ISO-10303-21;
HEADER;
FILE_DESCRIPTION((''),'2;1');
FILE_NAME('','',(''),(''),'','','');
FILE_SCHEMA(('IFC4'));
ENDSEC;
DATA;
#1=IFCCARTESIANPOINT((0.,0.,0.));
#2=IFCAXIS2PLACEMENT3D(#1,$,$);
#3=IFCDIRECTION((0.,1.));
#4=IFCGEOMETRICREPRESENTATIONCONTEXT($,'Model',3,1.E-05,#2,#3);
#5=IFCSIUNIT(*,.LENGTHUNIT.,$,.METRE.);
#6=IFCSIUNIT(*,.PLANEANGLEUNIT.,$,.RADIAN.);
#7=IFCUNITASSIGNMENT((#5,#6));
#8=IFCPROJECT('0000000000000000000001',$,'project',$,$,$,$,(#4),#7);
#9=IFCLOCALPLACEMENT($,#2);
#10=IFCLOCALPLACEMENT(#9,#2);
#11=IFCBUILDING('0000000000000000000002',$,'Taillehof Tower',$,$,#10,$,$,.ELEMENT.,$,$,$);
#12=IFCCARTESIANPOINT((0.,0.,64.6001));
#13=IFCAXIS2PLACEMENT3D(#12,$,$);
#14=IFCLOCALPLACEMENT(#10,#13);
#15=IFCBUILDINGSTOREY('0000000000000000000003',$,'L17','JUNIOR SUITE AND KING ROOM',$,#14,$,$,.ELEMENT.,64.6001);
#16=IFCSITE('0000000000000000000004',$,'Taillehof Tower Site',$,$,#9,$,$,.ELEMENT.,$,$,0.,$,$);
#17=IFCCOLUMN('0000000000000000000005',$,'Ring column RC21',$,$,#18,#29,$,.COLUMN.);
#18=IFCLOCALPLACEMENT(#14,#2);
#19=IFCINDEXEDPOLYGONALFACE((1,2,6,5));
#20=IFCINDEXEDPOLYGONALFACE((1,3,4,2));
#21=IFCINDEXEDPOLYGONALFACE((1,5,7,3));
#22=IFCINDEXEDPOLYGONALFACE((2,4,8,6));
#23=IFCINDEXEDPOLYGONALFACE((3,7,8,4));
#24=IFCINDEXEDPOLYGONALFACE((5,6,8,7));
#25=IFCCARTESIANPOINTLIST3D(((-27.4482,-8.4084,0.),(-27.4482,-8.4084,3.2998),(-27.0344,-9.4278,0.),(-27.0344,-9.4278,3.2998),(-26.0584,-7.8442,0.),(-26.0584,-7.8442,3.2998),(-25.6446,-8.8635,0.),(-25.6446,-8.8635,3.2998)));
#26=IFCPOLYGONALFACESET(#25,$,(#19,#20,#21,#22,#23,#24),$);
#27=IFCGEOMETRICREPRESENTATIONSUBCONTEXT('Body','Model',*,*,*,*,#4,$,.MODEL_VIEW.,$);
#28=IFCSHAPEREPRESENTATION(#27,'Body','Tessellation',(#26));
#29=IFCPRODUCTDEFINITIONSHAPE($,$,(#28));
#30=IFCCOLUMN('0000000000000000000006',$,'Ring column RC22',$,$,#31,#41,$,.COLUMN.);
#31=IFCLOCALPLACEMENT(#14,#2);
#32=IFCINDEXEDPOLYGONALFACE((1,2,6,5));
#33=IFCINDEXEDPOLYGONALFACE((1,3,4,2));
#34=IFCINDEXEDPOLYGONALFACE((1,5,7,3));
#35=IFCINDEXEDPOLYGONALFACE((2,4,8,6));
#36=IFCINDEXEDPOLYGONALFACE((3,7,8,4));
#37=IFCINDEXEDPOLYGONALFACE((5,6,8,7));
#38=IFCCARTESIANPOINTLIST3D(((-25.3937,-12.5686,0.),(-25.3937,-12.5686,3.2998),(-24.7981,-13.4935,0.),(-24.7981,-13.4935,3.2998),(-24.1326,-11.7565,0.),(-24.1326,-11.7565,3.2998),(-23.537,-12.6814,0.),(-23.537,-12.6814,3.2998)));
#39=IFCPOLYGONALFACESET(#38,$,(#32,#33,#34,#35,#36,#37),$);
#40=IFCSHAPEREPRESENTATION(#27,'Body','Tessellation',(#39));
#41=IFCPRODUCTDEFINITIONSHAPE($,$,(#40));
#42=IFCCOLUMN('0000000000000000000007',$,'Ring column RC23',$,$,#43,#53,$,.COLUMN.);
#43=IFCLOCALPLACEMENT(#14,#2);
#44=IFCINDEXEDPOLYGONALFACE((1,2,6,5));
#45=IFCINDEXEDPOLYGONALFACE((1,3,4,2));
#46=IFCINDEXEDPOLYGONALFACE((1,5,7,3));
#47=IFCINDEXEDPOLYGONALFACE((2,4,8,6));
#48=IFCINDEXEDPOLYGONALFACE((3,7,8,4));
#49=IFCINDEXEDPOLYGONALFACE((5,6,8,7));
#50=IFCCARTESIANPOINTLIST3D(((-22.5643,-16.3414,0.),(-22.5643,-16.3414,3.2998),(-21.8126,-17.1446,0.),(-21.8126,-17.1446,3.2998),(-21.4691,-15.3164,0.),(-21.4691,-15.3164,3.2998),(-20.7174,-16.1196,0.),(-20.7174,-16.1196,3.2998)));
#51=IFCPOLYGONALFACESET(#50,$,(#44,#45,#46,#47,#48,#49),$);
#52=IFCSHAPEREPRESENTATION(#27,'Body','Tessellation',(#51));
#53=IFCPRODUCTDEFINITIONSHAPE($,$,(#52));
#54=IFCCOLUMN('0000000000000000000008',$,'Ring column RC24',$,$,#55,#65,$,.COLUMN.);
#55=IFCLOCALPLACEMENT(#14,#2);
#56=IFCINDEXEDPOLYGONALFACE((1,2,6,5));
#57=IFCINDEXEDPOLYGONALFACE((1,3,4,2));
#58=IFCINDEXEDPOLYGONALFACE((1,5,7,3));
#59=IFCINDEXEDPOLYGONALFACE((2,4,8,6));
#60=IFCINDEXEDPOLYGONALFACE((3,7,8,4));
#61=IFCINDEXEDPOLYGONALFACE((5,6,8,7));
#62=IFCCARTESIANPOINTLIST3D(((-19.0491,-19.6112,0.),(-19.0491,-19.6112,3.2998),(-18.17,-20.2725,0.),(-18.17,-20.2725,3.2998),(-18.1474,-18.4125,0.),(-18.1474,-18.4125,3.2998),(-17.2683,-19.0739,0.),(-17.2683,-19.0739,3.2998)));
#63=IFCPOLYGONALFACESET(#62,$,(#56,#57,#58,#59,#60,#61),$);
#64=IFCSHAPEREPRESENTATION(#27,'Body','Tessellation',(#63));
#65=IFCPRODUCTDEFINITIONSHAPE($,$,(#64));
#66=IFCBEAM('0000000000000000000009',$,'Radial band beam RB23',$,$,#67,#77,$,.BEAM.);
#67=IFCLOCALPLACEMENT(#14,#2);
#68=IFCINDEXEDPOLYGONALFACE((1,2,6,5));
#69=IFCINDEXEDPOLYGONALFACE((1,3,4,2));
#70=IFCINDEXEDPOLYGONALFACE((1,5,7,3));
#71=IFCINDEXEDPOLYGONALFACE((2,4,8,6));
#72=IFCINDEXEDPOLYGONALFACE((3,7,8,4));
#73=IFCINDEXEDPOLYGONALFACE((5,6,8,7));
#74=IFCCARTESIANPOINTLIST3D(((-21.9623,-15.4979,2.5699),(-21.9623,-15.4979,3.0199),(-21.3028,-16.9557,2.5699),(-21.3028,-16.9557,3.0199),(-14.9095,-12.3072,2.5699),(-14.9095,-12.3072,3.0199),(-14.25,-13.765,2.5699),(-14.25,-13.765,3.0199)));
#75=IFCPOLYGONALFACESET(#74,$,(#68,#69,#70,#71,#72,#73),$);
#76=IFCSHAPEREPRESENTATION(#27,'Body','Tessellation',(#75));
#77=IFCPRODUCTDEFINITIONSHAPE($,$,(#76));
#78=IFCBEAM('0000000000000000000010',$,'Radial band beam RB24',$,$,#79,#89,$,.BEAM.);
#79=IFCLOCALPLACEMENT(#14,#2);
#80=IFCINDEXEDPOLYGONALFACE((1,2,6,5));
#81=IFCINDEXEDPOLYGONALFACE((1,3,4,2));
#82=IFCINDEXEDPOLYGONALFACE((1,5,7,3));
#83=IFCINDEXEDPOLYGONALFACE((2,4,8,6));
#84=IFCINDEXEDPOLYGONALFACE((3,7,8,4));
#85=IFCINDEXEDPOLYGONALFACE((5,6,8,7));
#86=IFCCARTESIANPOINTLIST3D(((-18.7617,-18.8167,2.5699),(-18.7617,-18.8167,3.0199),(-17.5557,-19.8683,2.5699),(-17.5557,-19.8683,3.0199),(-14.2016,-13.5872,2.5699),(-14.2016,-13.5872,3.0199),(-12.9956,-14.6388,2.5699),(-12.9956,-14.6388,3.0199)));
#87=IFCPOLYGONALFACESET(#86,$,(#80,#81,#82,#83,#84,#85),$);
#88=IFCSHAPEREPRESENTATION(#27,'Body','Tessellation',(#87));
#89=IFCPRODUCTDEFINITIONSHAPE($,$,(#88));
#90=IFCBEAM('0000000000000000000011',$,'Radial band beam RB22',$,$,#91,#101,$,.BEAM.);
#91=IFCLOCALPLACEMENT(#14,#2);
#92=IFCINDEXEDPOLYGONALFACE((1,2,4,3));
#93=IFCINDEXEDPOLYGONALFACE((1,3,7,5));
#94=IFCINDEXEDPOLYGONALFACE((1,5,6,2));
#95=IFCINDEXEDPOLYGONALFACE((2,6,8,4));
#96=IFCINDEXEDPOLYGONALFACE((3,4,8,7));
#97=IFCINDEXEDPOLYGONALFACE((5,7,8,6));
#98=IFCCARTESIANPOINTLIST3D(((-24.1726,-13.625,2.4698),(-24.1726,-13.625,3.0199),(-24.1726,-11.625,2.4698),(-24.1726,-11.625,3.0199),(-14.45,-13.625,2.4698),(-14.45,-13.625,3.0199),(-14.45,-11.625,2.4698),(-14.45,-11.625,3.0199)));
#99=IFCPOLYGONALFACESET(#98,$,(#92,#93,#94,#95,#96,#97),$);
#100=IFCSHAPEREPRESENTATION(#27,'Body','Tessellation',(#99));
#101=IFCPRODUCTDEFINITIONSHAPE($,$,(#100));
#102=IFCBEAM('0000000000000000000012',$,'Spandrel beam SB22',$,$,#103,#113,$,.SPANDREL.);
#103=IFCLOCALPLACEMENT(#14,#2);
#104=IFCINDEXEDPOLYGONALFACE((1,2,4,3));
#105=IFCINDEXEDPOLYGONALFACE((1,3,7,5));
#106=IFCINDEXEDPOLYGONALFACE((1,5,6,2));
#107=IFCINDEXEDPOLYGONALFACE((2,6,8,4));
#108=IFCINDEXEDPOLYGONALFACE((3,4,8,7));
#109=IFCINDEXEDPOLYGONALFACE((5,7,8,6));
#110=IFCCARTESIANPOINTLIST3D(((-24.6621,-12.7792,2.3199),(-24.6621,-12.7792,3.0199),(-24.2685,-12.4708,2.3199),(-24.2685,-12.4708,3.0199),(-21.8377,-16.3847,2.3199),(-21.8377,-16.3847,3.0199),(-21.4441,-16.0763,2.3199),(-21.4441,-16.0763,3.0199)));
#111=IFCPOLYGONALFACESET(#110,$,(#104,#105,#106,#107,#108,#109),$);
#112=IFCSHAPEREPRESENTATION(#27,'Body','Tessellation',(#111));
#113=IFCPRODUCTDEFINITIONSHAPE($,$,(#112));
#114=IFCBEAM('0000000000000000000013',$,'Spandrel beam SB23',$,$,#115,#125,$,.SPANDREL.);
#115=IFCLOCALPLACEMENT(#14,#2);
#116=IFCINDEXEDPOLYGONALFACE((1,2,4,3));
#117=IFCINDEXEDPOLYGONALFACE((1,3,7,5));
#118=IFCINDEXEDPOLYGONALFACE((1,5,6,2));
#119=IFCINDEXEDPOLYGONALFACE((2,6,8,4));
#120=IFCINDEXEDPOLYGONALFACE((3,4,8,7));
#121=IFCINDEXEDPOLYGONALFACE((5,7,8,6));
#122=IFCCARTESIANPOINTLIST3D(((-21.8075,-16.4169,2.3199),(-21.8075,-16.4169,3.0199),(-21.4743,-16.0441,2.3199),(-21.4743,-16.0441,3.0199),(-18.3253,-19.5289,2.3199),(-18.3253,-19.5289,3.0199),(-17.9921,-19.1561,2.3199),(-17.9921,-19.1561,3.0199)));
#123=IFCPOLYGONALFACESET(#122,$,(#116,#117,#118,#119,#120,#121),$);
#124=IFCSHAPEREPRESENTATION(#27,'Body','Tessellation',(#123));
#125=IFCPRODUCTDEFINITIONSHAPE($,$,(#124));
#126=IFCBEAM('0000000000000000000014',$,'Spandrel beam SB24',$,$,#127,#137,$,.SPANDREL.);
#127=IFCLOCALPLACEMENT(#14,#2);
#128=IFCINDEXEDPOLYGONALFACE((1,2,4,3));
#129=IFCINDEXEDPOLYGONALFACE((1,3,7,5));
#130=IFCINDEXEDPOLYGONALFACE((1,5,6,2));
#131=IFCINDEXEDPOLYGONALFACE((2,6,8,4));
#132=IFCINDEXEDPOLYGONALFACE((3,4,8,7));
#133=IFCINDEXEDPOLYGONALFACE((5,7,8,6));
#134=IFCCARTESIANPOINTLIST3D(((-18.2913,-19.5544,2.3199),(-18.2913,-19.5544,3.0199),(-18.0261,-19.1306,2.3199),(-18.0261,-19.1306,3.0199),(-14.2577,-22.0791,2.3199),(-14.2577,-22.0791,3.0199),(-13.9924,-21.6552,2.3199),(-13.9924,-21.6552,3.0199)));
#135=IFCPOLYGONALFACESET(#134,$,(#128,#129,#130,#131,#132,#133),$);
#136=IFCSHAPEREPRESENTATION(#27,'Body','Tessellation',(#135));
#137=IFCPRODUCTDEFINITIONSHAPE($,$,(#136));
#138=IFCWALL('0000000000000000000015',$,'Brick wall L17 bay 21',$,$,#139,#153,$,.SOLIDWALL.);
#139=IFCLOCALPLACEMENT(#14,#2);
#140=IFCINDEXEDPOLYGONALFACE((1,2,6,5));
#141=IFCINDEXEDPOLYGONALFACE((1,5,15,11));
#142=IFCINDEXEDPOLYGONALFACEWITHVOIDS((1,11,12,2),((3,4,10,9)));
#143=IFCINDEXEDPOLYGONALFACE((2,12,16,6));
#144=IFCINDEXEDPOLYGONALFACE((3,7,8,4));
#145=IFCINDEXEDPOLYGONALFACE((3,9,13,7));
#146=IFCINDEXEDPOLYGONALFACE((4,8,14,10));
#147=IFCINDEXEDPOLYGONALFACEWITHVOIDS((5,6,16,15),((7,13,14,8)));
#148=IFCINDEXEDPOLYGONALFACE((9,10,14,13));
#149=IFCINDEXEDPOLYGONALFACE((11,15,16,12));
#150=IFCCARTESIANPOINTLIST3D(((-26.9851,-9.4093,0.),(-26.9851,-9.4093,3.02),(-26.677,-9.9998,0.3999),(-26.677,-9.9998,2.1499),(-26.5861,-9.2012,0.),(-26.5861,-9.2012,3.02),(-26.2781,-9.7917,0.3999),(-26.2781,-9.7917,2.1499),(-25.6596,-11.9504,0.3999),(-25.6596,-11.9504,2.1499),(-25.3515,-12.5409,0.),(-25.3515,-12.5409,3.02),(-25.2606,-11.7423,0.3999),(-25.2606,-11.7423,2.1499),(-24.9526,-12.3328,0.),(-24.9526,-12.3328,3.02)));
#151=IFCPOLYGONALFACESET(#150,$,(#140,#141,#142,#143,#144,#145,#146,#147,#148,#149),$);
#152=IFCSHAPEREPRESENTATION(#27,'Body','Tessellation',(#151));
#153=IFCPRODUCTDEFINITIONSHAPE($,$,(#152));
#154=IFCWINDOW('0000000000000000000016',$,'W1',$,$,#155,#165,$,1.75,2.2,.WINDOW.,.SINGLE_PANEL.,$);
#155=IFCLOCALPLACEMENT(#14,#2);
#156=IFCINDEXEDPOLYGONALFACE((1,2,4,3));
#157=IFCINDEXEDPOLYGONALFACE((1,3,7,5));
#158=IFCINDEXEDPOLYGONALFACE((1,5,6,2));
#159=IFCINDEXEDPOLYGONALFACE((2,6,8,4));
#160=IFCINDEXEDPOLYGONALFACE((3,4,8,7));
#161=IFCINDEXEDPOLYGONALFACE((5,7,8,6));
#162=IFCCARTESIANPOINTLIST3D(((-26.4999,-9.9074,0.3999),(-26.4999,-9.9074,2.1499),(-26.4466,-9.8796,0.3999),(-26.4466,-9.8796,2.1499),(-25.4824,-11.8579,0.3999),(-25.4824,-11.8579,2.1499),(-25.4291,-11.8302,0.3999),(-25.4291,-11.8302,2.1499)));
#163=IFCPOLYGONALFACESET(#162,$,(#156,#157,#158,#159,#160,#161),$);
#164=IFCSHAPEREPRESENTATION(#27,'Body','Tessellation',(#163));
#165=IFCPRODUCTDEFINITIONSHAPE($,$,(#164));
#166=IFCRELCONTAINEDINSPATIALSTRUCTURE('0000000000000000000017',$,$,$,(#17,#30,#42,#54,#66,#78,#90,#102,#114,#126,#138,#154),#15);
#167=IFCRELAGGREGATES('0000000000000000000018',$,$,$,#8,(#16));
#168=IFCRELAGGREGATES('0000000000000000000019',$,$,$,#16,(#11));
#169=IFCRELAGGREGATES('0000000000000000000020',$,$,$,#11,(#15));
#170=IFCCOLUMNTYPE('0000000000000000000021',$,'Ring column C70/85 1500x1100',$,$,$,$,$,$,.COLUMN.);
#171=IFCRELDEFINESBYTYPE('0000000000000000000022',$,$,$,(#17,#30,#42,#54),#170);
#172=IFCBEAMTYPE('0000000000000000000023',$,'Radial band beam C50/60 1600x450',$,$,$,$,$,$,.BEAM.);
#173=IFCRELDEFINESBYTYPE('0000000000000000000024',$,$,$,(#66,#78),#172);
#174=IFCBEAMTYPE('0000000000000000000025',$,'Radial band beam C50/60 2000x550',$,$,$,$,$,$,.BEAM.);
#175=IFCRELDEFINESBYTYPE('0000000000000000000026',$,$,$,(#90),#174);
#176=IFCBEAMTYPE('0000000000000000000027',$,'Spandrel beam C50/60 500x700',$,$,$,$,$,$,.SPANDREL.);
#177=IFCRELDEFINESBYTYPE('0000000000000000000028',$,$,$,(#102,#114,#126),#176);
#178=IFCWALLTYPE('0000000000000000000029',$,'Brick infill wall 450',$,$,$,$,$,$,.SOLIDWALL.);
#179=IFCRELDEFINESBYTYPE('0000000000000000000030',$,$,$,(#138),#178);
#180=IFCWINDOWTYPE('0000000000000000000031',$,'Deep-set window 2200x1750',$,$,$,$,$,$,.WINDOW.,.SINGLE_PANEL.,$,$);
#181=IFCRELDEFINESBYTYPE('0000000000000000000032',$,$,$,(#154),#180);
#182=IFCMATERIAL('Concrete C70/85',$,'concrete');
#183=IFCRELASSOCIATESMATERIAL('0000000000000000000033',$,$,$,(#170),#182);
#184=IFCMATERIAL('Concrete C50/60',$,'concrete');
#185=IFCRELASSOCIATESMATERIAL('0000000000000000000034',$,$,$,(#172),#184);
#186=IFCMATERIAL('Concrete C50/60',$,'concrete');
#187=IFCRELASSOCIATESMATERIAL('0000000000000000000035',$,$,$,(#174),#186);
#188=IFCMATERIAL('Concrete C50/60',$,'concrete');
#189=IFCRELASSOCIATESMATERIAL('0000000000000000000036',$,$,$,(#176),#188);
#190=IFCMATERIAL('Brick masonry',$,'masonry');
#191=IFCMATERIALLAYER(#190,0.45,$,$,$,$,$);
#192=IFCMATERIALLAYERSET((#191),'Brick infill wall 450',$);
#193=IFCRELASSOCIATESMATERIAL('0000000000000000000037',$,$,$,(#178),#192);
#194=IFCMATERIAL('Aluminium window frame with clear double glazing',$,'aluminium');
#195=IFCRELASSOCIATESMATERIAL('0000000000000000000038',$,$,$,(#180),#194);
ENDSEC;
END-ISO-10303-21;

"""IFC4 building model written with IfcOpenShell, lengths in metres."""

from ifc_helpers import new_model, si_unit, direction, frame, frame_2d, origin, origin_2d, place, context, subcontext, project, spatial, rectangle, extrude, material, layer, layer_set, material_profile, profile_set, type_object, element, fill, save


model = new_model("IFC4")

# Units and contexts
model_context = context("Model", 3, precision=1e-05, world=origin(), true_north=direction((0.0, 1.0)))
body_context = subcontext(model_context, "Body", "Model", "MODEL_VIEW")
ifc_project = project(units=[si_unit("LENGTHUNIT", "METRE"), si_unit("PLANEANGLEUNIT", "RADIAN")], contexts=[model_context])

# Site, building, storey
site_placement = place(None, origin())
site = spatial("IfcSite", under=ifc_project, at=site_placement, Name="Taillehof Tower Site", CompositionType="ELEMENT", RefElevation=0.0)
building_placement = place(site_placement, origin())
building = spatial("IfcBuilding", under=site, at=building_placement, Name="Taillehof Tower", CompositionType="ELEMENT")
storey_placement = place(building_placement, frame((0.0, 0.0, 64.6001)))
storey = spatial("IfcBuildingStorey", under=building, at=storey_placement, Name="L17", Description="JUNIOR SUITE AND KING ROOM", CompositionType="ELEMENT", Elevation=64.6001)

# Columns
ifc_material_1 = material(Name="Concrete C70/85", Category="concrete")
ifc_material_profile_1 = material_profile(ifc_material_1, rectangle(XDim=1.5, YDim=1.1001, at=origin_2d()), Name="RC 1500x1100")
ifc_profile_set_1 = profile_set([ifc_material_profile_1], Name="Concrete C70/85")
column_type = type_object("IfcColumnType", Name="Ring column C70/85 1500x1100", PredefinedType="COLUMN", material=ifc_profile_set_1)
for number, where, z_axis, x_axis, name in (
    (1, (-26.5464, -8.636, 0.0), (0.0, 0.0, 1.0), (-0.926558, -0.376152, 0.0), "Ring column RC21"),
    (2, (-24.4653, -12.625, 0.0), (0.0, 0.0, 1.0), (-0.840754, -0.541418, 0.0), "Ring column RC22"),
    (3, (-21.6409, -16.2305, 0.0), (0.0, 0.0, 1.0), (-0.730113, -0.683326, 0.0), "Ring column RC23"),
    (4, (-18.1587, -19.3425, 0.0), (0.0, 0.0, 1.0), (-0.601174, -0.799118, 0.0), "Ring column RC24"),
):
    element("IfcColumn", number, at=place(storey_placement, frame(where, z_axis=z_axis, x_axis=x_axis)), inside=storey, type_object=column_type, Name=name, PredefinedType="COLUMN", context=body_context, shape_type="SweptSolid", body=[
        extrude(rectangle(XDim=1.5, YDim=1.1001, at=origin_2d()), origin(), (0.0, 0.0, 1.0), 3.2998),
    ])

# Beams
ifc_material_2 = material(Name="Concrete C50/60", Category="concrete")
ifc_material_profile_2 = material_profile(ifc_material_2, rectangle(XDim=1.6001, YDim=0.45, at=origin_2d()), Name="RC 1600x450")
ifc_profile_set_2 = profile_set([ifc_material_profile_2], Name="Concrete C50/60")
beam_type_1 = type_object("IfcBeamType", Name="Radial band beam C50/60 1600x450", PredefinedType="BEAM", material=ifc_profile_set_2)
beam_1_placement = place(storey_placement, frame((-21.6326, -16.2268, 2.7949), z_axis=(0.911101, 0.412184, 0.0), x_axis=(-0.412184, 0.911101, 0.0)))
element("IfcBeam", 5, at=beam_1_placement, inside=storey, type_object=beam_type_1, Name="Radial band beam RB23", PredefinedType="BEAM", context=body_context, shape_type="SweptSolid", body=[
    extrude(rectangle(XDim=1.6001, YDim=0.45, at=origin_2d()), origin(), (0.0, 0.0, 1.0), 7.741),
])
beam_2_placement = place(storey_placement, frame((-18.1587, -19.3425, 2.7949), z_axis=(0.657218, 0.7537, 0.0), x_axis=(-0.7537, 0.657218, 0.0)))
element("IfcBeam", 6, at=beam_2_placement, inside=storey, type_object=beam_type_1, Name="Radial band beam RB24", PredefinedType="BEAM", context=body_context, shape_type="SweptSolid", body=[
    extrude(rectangle(XDim=1.6001, YDim=0.45, at=origin_2d()), origin(), (0.0, 0.0, 1.0), 6.9385),
])
ifc_material_3 = material(Name="Concrete C50/60", Category="concrete")
ifc_material_profile_3 = material_profile(ifc_material_3, rectangle(XDim=2.0, YDim=0.55, at=origin_2d()), Name="RC 2000x550")
ifc_profile_set_3 = profile_set([ifc_material_profile_3], Name="Concrete C50/60")
beam_type_2 = type_object("IfcBeamType", Name="Radial band beam C50/60 2000x550", PredefinedType="BEAM", material=ifc_profile_set_3)
beam_3_placement = place(storey_placement, frame((-24.1726, -12.625, 2.7449), z_axis=(1.0, 0.0, 0.0), x_axis=(0.0, 1.0, 0.0)))
element("IfcBeam", 7, at=beam_3_placement, inside=storey, type_object=beam_type_2, Name="Radial band beam RB22", PredefinedType="BEAM", context=body_context, shape_type="SweptSolid", body=[
    extrude(rectangle(XDim=2.0, YDim=0.55, at=origin_2d()), origin(), (0.0, 0.0, 1.0), 9.7227),
])
ifc_material_4 = material(Name="Concrete C50/60", Category="concrete")
ifc_material_profile_4 = material_profile(ifc_material_4, rectangle(XDim=0.5, YDim=0.7, at=origin_2d()), Name="RC 500x700")
ifc_profile_set_4 = profile_set([ifc_material_profile_4], Name="Concrete C50/60")
beam_type_3 = type_object("IfcBeamType", Name="Spandrel beam C50/60 500x700", PredefinedType="SPANDREL", material=ifc_profile_set_4)
beam_4_placement = place(storey_placement, frame((-24.4653, -12.625, 2.6699), z_axis=(0.616686, -0.787209, 0.0), x_axis=(0.787209, 0.616686, 0.0)))
element("IfcBeam", 8, at=beam_4_placement, inside=storey, type_object=beam_type_3, Name="Spandrel beam SB22", PredefinedType="SPANDREL", context=body_context, shape_type="SweptSolid", body=[
    extrude(rectangle(XDim=0.5, YDim=0.7, at=origin_2d()), origin(), (0.0, 0.0, 1.0), 4.5801),
])
beam_5_placement = place(storey_placement, frame((-21.6409, -16.2305, 2.6699), z_axis=(0.745621, -0.66637, 0.0), x_axis=(0.66637, 0.745621, 0.0)))
element("IfcBeam", 9, at=beam_5_placement, inside=storey, type_object=beam_type_3, Name="Spandrel beam SB23", PredefinedType="SPANDREL", context=body_context, shape_type="SweptSolid", body=[
    extrude(rectangle(XDim=0.5, YDim=0.7, at=origin_2d()), origin(), (0.0, 0.0, 1.0), 4.6702),
])
beam_6_placement = place(storey_placement, frame((-18.1587, -19.3425, 2.6699), z_axis=(0.847658, -0.530543, 0.0), x_axis=(0.530543, 0.847658, 0.0)))
element("IfcBeam", 10, at=beam_6_placement, inside=storey, type_object=beam_type_3, Name="Spandrel beam SB24", PredefinedType="SPANDREL", context=body_context, shape_type="SweptSolid", body=[
    extrude(rectangle(XDim=0.5, YDim=0.7, at=origin_2d()), origin(), (0.0, 0.0, 1.0), 4.7585),
])

# Wall, opening, window
ifc_material_5 = material(Name="Brick masonry", Category="masonry")
ifc_layer_1 = layer(ifc_material_5, 0.45)
ifc_layer_set_1 = layer_set([ifc_layer_1], Name="Brick infill wall 450")
wall_type_1 = type_object("IfcWallType", Name="Brick infill wall 450", PredefinedType="SOLIDWALL", material=ifc_layer_set_1)
wall_1_placement = place(storey_placement, frame((-26.7856, -9.3052, 0.0), z_axis=(0.0, 0.0, 1.0), x_axis=(0.462493, -0.886623, 0.0)))
wall_1 = element("IfcWall", 11, at=wall_1_placement, inside=storey, type_object=wall_type_1, Name="Brick wall L17 bay 21", PredefinedType="SOLIDWALL", context=body_context, shape_type="SweptSolid", body=[
    extrude(rectangle(XDim=3.532, YDim=0.45, at=frame_2d((1.7661, 0.0))), origin(), (0.0, 0.0, 1.0), 3.02),
])
opening_1_placement = place(wall_1_placement, frame((0.666, 0.0, 0.3999)))
opening_1 = element("IfcOpeningElement", 12, at=opening_1_placement, cuts=wall_1, PredefinedType="OPENING", context=body_context, shape_type="SweptSolid", body=[
    extrude(rectangle(XDim=2.2, YDim=1.75, at=frame_2d((1.1001, 0.875))), frame((0.0, 0.2349, 0.0), z_axis=(0.0, -1.0, 0.0), x_axis=(1.0, 0.0, 0.0)), (0.0, 0.0, 1.0), 0.47),
])
ifc_material_6 = material(Name="Aluminium window frame with clear double glazing", Category="aluminium")
window_type = type_object("IfcWindowType", Name="Deep-set window 2200x1750", PartitioningType="SINGLE_PANEL", PredefinedType="WINDOW", material=ifc_material_6)
window_1_placement = place(opening_1_placement, origin())
window_1 = element("IfcWindow", 13, at=window_1_placement, inside=storey, type_object=window_type, Name="W1", OverallHeight=1.75, OverallWidth=2.2, PartitioningType="SINGLE_PANEL", PredefinedType="WINDOW", context=body_context, shape_type="SweptSolid", body=[
    extrude(rectangle(XDim=2.2, YDim=1.75, at=frame_2d((1.1001, 0.875))), frame((0.0, 0.0349, 0.0), z_axis=(0.0, -1.0, 0.0), x_axis=(1.0, 0.0, 0.0)), (0.0, 0.0, 1.0), 0.0601),
])
fill(opening_1, window_1)

save(model, "model.ifc")
